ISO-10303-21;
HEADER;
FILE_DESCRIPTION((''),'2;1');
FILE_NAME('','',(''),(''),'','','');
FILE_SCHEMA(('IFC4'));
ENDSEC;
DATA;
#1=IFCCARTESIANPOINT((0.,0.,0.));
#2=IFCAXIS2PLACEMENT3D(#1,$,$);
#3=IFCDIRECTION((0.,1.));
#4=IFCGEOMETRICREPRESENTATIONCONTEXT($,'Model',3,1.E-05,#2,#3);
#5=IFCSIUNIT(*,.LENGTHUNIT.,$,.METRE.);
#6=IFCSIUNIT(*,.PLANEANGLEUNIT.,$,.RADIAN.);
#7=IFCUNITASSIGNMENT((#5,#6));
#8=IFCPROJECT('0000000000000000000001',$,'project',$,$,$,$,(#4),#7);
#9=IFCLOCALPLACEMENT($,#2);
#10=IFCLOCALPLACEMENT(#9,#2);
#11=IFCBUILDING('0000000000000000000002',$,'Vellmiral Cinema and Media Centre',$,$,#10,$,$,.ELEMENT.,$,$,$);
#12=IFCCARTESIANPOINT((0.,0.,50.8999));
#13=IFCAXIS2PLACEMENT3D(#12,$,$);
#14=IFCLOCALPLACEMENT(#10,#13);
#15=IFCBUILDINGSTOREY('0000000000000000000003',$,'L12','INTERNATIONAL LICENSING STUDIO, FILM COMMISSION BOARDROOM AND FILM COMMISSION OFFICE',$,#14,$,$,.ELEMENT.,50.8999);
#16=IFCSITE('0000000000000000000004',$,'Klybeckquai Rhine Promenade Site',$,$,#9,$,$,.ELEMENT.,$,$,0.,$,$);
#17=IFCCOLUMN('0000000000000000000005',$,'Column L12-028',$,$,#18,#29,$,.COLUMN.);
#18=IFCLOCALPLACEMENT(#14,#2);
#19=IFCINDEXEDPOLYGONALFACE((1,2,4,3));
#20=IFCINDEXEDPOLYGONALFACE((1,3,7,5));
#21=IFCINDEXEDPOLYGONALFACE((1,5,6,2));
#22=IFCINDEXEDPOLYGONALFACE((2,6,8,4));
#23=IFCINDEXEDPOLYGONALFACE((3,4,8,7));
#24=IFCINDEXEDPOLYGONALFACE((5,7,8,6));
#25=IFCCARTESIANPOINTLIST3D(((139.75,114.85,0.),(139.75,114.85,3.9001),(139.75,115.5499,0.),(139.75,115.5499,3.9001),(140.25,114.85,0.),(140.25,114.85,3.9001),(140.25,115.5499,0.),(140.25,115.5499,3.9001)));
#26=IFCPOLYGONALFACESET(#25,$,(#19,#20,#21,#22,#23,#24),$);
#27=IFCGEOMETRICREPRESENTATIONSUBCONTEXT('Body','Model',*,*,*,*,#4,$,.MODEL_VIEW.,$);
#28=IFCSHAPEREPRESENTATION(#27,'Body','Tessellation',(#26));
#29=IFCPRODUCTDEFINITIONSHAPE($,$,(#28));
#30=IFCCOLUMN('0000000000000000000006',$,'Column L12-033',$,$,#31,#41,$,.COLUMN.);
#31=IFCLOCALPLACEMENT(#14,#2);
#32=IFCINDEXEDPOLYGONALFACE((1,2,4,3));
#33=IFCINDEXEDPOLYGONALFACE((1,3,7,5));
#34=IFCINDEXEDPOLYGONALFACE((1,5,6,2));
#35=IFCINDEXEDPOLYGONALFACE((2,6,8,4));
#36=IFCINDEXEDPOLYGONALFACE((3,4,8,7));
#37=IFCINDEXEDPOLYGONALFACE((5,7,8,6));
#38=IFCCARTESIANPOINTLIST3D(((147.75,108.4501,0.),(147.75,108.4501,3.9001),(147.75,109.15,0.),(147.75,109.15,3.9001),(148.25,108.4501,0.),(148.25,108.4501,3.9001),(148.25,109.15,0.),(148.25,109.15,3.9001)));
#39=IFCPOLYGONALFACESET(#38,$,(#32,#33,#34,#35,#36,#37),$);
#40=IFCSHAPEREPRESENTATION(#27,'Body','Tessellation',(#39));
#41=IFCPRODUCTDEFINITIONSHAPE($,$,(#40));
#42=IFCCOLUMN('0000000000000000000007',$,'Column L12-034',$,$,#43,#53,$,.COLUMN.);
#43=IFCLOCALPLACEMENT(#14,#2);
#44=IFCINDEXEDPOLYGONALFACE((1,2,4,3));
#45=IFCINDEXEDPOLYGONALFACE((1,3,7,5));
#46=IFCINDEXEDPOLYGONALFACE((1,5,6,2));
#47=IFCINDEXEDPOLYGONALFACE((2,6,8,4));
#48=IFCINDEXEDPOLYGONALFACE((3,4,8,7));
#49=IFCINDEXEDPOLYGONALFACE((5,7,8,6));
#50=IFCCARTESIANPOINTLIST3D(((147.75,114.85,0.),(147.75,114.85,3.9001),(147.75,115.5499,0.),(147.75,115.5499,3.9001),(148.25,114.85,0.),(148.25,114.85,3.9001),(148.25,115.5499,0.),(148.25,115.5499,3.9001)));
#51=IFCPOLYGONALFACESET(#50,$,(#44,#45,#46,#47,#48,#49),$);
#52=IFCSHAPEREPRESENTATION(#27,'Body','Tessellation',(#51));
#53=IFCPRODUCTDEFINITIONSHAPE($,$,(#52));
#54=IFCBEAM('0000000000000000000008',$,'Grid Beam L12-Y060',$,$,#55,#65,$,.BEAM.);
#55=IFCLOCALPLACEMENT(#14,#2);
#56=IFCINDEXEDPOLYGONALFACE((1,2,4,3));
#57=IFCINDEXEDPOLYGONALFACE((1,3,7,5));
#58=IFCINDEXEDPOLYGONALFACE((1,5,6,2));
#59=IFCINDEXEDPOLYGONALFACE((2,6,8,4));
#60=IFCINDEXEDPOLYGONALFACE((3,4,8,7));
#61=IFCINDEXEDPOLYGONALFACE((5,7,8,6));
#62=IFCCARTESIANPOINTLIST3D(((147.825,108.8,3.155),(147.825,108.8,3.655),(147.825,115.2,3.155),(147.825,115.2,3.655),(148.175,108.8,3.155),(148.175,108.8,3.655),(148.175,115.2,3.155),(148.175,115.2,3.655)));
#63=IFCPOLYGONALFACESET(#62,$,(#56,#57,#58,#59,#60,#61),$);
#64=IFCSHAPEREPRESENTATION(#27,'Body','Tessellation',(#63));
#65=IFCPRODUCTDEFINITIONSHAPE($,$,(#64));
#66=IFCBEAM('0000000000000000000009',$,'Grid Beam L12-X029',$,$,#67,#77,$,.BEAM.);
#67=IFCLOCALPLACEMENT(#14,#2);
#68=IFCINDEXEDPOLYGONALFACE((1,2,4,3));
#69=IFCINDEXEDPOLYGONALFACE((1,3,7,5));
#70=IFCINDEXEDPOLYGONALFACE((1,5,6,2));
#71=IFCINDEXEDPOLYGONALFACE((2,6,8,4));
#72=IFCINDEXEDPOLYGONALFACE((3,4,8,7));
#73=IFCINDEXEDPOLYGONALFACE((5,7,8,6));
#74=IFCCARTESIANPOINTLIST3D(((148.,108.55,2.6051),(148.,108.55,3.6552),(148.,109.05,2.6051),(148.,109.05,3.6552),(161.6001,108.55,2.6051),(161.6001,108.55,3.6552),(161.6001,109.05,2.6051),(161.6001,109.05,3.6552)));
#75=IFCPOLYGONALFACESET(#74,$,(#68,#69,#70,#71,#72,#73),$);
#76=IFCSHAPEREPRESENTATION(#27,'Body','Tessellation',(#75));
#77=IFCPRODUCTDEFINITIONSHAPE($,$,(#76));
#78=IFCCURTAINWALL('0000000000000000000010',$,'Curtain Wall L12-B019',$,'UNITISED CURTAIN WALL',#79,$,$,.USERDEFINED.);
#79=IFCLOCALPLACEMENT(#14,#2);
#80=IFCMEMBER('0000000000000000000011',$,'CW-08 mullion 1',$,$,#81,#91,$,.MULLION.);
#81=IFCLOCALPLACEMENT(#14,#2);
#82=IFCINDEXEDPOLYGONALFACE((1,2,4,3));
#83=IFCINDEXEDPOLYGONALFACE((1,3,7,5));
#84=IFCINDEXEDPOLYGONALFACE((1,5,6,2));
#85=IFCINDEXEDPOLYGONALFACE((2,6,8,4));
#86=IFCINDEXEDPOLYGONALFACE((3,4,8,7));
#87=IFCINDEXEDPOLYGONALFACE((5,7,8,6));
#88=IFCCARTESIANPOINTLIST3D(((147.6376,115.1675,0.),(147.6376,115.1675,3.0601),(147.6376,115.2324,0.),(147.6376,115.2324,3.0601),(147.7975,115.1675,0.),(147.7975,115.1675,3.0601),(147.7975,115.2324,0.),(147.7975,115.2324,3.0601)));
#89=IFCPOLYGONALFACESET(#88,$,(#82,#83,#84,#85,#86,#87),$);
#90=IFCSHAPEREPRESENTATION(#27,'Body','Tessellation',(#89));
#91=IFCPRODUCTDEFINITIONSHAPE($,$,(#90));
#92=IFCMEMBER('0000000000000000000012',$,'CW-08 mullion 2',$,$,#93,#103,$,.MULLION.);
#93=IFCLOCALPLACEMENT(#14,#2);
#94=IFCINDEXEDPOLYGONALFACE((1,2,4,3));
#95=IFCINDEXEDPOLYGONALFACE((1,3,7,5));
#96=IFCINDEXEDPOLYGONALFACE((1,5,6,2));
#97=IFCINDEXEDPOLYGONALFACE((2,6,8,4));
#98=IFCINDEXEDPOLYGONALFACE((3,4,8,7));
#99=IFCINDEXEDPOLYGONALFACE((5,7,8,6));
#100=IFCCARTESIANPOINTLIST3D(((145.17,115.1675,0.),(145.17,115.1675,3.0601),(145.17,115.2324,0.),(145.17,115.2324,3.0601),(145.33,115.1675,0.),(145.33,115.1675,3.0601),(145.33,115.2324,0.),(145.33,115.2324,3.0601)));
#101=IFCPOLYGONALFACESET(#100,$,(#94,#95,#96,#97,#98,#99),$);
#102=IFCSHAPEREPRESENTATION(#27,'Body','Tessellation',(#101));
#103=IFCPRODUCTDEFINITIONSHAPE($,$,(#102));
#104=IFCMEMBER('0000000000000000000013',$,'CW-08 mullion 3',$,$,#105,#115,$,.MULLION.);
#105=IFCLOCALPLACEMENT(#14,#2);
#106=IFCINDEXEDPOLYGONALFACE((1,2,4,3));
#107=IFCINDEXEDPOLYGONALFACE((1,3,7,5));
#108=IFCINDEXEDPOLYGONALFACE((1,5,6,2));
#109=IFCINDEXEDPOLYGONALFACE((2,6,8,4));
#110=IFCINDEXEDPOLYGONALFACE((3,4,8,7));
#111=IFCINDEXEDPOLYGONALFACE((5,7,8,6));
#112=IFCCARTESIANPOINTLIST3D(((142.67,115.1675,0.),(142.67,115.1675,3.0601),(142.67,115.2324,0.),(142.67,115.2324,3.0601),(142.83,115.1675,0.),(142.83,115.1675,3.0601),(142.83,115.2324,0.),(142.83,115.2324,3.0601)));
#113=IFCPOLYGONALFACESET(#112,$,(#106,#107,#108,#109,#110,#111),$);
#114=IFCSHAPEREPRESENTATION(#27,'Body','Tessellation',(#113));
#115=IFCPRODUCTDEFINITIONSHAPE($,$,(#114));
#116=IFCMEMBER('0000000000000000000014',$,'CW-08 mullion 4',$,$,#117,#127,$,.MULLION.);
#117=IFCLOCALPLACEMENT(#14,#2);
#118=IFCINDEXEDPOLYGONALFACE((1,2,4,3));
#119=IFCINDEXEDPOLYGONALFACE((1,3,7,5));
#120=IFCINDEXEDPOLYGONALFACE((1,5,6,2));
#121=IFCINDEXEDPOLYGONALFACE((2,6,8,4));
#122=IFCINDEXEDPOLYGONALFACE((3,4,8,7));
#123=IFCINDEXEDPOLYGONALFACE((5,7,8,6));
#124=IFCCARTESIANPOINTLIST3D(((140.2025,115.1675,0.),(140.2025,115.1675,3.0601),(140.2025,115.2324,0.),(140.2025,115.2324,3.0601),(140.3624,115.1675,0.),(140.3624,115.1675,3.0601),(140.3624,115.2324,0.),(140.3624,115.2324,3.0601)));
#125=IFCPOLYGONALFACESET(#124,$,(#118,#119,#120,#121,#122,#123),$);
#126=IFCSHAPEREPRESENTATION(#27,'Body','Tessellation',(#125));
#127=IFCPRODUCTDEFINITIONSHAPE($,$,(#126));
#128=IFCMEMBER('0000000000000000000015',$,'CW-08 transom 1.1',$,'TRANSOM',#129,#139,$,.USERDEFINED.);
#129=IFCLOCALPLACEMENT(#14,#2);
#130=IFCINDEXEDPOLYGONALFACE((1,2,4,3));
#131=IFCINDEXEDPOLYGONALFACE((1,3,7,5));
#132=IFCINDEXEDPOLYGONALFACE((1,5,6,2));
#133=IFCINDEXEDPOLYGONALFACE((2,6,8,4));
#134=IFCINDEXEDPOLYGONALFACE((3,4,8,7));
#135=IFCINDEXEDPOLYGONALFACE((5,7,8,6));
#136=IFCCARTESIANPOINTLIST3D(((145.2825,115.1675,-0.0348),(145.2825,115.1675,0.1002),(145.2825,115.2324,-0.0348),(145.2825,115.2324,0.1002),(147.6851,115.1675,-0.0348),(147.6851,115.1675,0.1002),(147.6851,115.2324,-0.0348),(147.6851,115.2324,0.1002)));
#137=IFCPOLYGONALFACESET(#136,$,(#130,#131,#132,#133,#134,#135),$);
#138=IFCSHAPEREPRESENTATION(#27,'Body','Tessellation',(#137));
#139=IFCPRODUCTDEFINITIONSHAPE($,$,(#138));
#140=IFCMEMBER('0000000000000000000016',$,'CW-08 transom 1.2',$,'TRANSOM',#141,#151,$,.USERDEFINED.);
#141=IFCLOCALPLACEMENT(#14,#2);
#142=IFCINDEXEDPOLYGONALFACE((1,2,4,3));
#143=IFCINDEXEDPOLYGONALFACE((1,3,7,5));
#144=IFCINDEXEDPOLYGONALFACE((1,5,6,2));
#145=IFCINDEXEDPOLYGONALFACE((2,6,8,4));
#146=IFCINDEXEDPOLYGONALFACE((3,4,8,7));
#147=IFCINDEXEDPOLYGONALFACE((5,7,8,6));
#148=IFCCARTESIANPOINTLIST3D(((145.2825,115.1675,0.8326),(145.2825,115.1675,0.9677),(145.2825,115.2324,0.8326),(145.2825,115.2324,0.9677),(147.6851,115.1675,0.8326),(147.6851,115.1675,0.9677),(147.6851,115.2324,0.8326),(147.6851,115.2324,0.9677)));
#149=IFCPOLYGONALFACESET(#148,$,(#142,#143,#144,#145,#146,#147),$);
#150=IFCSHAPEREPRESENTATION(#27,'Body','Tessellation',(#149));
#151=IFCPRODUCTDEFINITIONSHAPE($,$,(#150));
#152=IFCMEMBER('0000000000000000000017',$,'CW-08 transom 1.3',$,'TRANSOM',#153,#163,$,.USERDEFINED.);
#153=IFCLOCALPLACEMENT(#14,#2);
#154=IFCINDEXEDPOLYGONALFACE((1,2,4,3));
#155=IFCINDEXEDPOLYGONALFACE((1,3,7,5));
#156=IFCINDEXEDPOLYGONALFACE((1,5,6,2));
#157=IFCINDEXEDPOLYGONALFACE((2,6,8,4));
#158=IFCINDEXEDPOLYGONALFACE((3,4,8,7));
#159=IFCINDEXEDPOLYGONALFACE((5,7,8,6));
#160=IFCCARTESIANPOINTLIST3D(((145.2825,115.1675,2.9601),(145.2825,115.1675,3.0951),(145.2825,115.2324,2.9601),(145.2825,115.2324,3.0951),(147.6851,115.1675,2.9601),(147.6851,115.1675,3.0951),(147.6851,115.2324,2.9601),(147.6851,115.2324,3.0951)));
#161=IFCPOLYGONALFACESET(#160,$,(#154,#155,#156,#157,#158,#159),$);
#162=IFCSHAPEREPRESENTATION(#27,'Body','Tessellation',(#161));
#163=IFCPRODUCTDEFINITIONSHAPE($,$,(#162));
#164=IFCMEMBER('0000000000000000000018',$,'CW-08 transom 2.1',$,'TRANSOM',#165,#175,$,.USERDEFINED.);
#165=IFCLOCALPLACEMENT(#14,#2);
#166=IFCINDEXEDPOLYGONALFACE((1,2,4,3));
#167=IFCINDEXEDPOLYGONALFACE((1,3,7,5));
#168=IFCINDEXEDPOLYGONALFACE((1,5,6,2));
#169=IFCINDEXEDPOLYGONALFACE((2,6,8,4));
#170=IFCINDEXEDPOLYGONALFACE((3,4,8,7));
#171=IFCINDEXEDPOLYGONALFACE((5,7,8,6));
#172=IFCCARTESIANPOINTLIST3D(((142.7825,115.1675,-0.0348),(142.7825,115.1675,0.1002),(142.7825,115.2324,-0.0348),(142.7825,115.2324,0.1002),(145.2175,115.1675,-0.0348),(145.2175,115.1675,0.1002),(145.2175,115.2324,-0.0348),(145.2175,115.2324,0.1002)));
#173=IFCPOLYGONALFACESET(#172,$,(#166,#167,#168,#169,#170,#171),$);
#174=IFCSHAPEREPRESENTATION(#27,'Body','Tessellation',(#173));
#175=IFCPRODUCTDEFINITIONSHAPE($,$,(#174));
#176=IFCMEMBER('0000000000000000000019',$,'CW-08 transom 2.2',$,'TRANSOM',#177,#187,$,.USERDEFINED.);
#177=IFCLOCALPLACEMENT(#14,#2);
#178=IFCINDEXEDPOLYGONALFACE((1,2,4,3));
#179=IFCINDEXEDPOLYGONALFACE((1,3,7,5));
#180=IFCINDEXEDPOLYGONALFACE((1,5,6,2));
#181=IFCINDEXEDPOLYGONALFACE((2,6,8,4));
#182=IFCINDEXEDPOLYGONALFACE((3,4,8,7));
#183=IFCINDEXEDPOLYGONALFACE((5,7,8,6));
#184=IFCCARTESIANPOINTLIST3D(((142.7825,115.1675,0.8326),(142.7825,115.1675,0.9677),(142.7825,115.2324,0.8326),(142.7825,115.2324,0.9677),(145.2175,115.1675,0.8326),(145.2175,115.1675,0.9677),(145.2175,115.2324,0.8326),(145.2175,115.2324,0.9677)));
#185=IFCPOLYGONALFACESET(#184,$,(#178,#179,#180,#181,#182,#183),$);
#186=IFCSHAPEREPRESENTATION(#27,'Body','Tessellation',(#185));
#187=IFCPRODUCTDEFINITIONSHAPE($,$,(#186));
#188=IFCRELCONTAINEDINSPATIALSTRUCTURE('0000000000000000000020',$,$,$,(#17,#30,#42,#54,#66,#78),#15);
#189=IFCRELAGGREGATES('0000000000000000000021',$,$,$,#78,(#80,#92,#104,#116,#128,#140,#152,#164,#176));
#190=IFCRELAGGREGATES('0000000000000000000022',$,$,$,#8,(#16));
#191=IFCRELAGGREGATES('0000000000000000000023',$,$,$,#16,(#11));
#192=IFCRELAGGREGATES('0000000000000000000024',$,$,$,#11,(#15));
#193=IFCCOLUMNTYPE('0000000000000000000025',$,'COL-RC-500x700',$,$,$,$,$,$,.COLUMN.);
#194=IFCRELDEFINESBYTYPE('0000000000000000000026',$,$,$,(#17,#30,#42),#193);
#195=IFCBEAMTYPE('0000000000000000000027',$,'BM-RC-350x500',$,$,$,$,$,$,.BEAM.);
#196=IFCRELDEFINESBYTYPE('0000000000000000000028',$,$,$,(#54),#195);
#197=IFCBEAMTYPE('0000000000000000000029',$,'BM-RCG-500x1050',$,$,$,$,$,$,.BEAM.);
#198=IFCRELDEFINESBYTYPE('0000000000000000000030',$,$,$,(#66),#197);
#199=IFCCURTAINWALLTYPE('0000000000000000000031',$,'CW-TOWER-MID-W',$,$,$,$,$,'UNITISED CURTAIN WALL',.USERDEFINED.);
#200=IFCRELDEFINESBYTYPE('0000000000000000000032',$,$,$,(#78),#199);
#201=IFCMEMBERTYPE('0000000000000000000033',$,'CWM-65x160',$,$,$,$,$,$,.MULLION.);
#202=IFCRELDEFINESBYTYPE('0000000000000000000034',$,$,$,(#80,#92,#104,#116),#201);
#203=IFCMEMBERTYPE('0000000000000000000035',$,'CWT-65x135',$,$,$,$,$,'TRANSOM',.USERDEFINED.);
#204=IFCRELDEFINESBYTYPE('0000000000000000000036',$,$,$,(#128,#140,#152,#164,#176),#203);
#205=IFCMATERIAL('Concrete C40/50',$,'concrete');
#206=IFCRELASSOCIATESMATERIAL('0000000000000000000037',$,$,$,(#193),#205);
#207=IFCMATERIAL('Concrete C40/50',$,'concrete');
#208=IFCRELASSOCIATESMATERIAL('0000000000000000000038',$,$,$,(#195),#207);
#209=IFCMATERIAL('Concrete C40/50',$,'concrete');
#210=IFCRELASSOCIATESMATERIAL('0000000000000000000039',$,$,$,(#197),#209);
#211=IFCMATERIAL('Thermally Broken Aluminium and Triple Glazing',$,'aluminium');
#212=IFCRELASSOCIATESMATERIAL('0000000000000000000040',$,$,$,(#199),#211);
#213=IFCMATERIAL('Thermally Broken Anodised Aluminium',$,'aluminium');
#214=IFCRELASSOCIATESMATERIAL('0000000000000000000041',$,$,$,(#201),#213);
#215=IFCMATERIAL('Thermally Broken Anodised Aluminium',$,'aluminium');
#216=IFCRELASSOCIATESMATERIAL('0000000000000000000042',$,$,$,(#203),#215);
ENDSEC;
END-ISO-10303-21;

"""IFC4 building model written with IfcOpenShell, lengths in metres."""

from ifc_helpers import new_model, si_unit, direction, frame, origin, origin_2d, place, context, subcontext, project, spatial, rectangle, extrude, material, material_profile, profile_set, type_object, element, aggregate, save


model = new_model("IFC4")

# Units and contexts
model_context = context("Model", 3, precision=1e-05, world=origin(), true_north=direction((0.0, 1.0)))
body_context = subcontext(model_context, "Body", "Model", "MODEL_VIEW")
ifc_project = project(units=[si_unit("LENGTHUNIT", "METRE"), si_unit("PLANEANGLEUNIT", "RADIAN")], contexts=[model_context])

# Site, building, storey
site_placement = place(None, origin())
site = spatial("IfcSite", under=ifc_project, at=site_placement, Name="Klybeckquai Rhine Promenade Site", CompositionType="ELEMENT", RefElevation=0.0)
building_placement = place(site_placement, origin())
building = spatial("IfcBuilding", under=site, at=building_placement, Name="Vellmiral Cinema and Media Centre", CompositionType="ELEMENT")
storey_placement = place(building_placement, frame((0.0, 0.0, 50.8999)))
storey = spatial("IfcBuildingStorey", under=building, at=storey_placement, Name="L12", Description="INTERNATIONAL LICENSING STUDIO, FILM COMMISSION BOARDROOM AND FILM COMMISSION OFFICE", CompositionType="ELEMENT", Elevation=50.8999)

# Columns
ifc_material_1 = material(Name="Concrete C40/50", Category="concrete")
ifc_material_profile_1 = material_profile(ifc_material_1, rectangle(XDim=0.5, YDim=0.7, at=origin_2d()), Name="RC 500x700")
ifc_profile_set_1 = profile_set([ifc_material_profile_1], Name="Concrete C40/50")
column_type = type_object("IfcColumnType", Name="COL-RC-500x700", PredefinedType="COLUMN", material=ifc_profile_set_1)
for number, where, z_axis, x_axis, name in (
    (1, (140.0, 115.2, 0.0), (0.0, 0.0, 1.0), (1.0, 0.0, 0.0), "Column L12-028"),
    (2, (148.0, 108.8, 0.0), (0.0, 0.0, 1.0), (1.0, 0.0, 0.0), "Column L12-033"),
    (3, (148.0, 115.2, 0.0), (0.0, 0.0, 1.0), (1.0, 0.0, 0.0), "Column L12-034"),
):
    element("IfcColumn", number, at=place(storey_placement, frame(where, z_axis=z_axis, x_axis=x_axis)), inside=storey, type_object=column_type, Name=name, PredefinedType="COLUMN", context=body_context, shape_type="SweptSolid", body=[
        extrude(rectangle(XDim=0.5, YDim=0.7, at=origin_2d()), origin(), (0.0, 0.0, 1.0), 3.9001),
    ])

# Beams
ifc_material_2 = material(Name="Concrete C40/50", Category="concrete")
ifc_material_profile_2 = material_profile(ifc_material_2, rectangle(XDim=0.3501, YDim=0.5, at=origin_2d()), Name="RC 350x500")
ifc_profile_set_2 = profile_set([ifc_material_profile_2], Name="Concrete C40/50")
beam_type_1 = type_object("IfcBeamType", Name="BM-RC-350x500", PredefinedType="BEAM", material=ifc_profile_set_2)
beam_1_placement = place(storey_placement, frame((148.0, 108.8, 3.405), z_axis=(0.0, 1.0, 0.0), x_axis=(-1.0, 0.0, 0.0)))
element("IfcBeam", 4, at=beam_1_placement, inside=storey, type_object=beam_type_1, Name="Grid Beam L12-Y060", PredefinedType="BEAM", context=body_context, shape_type="SweptSolid", body=[
    extrude(rectangle(XDim=0.3501, YDim=0.5, at=origin_2d()), origin(), (0.0, 0.0, 1.0), 6.3999),
])
ifc_material_3 = material(Name="Concrete C40/50", Category="concrete")
ifc_material_profile_3 = material_profile(ifc_material_3, rectangle(XDim=0.5, YDim=1.05, at=origin_2d()), Name="RC 500x1050")
ifc_profile_set_3 = profile_set([ifc_material_profile_3], Name="Concrete C40/50")
beam_type_2 = type_object("IfcBeamType", Name="BM-RCG-500x1050", PredefinedType="BEAM", material=ifc_profile_set_3)
beam_2_placement = place(storey_placement, frame((148.0, 108.8, 3.1301), z_axis=(1.0, 0.0, 0.0), x_axis=(0.0, 1.0, 0.0)))
element("IfcBeam", 5, at=beam_2_placement, inside=storey, type_object=beam_type_2, Name="Grid Beam L12-X029", PredefinedType="BEAM", context=body_context, shape_type="SweptSolid", body=[
    extrude(rectangle(XDim=0.5, YDim=1.05, at=origin_2d()), origin(), (0.0, 0.0, 1.0), 13.6001),
])

# Curtain wall, members
ifc_material_4 = material(Name="Thermally Broken Aluminium and Triple Glazing", Category="aluminium")
curtain_wall_type = type_object("IfcCurtainWallType", Name="CW-TOWER-MID-W", ElementType="UNITISED CURTAIN WALL", PredefinedType="USERDEFINED", material=ifc_material_4)
curtain_wall_placement = place(storey_placement, origin())
curtain_wall = element("IfcCurtainWall", 6, at=curtain_wall_placement, inside=storey, type_object=curtain_wall_type, Name="Curtain Wall L12-B019", ObjectType="UNITISED CURTAIN WALL", PredefinedType="USERDEFINED")
ifc_material_5 = material(Name="Thermally Broken Anodised Aluminium", Category="aluminium")
ifc_material_profile_4 = material_profile(ifc_material_5, rectangle(XDim=0.0649, YDim=0.1599, at=origin_2d()), Name="MULL 65x160")
ifc_profile_set_4 = profile_set([ifc_material_profile_4], Name="Thermally Broken Anodised Aluminium")
member_type_1 = type_object("IfcMemberType", Name="CWM-65x160", PredefinedType="MULLION", material=ifc_profile_set_4)
member_1_placement = place(storey_placement, frame((147.7175, 115.2, 0.0), z_axis=(0.0, 0.0, 1.0), x_axis=(0.0, -1.0, 0.0)))
member_1 = element("IfcMember", 7, at=member_1_placement, type_object=member_type_1, Name="CW-08 mullion 1", PredefinedType="MULLION", context=body_context, shape_type="SweptSolid", body=[
    extrude(rectangle(XDim=0.0649, YDim=0.1599, at=origin_2d()), origin(), (0.0, 0.0, 1.0), 3.0601),
])
member_2_placement = place(storey_placement, frame((145.25, 115.2, 0.0), z_axis=(0.0, 0.0, 1.0), x_axis=(0.0, -1.0, 0.0)))
member_2 = element("IfcMember", 8, at=member_2_placement, type_object=member_type_1, Name="CW-08 mullion 2", PredefinedType="MULLION", context=body_context, shape_type="SweptSolid", body=[
    extrude(rectangle(XDim=0.0649, YDim=0.1599, at=origin_2d()), origin(), (0.0, 0.0, 1.0), 3.0601),
])
member_3_placement = place(storey_placement, frame((142.75, 115.2, 0.0), z_axis=(0.0, 0.0, 1.0), x_axis=(0.0, -1.0, 0.0)))
member_3 = element("IfcMember", 9, at=member_3_placement, type_object=member_type_1, Name="CW-08 mullion 3", PredefinedType="MULLION", context=body_context, shape_type="SweptSolid", body=[
    extrude(rectangle(XDim=0.0649, YDim=0.1599, at=origin_2d()), origin(), (0.0, 0.0, 1.0), 3.0601),
])
member_4_placement = place(storey_placement, frame((140.2825, 115.2, 0.0), z_axis=(0.0, 0.0, 1.0), x_axis=(0.0, -1.0, 0.0)))
member_4 = element("IfcMember", 10, at=member_4_placement, type_object=member_type_1, Name="CW-08 mullion 4", PredefinedType="MULLION", context=body_context, shape_type="SweptSolid", body=[
    extrude(rectangle(XDim=0.0649, YDim=0.1599, at=origin_2d()), origin(), (0.0, 0.0, 1.0), 3.0601),
])
ifc_material_6 = material(Name="Thermally Broken Anodised Aluminium", Category="aluminium")
ifc_material_profile_5 = material_profile(ifc_material_6, rectangle(XDim=0.0649, YDim=0.135, at=origin_2d()), Name="MULL 65x135")
ifc_profile_set_5 = profile_set([ifc_material_profile_5], Name="Thermally Broken Anodised Aluminium")
member_type_2 = type_object("IfcMemberType", Name="CWT-65x135", ElementType="TRANSOM", PredefinedType="USERDEFINED", material=ifc_profile_set_5)
member_5_placement = place(storey_placement, frame((147.6851, 115.2, 0.0327), z_axis=(-1.0, 0.0, 0.0), x_axis=(0.0, -1.0, 0.0)))
member_5 = element("IfcMember", 11, at=member_5_placement, type_object=member_type_2, Name="CW-08 transom 1.1", ObjectType="TRANSOM", PredefinedType="USERDEFINED", context=body_context, shape_type="SweptSolid", body=[
    extrude(rectangle(XDim=0.0649, YDim=0.135, at=origin_2d()), origin(), (0.0, 0.0, 1.0), 2.4026),
])
member_6_placement = place(storey_placement, frame((147.6851, 115.2, 0.9001), z_axis=(-1.0, 0.0, 0.0), x_axis=(0.0, -1.0, 0.0)))
member_6 = element("IfcMember", 12, at=member_6_placement, type_object=member_type_2, Name="CW-08 transom 1.2", ObjectType="TRANSOM", PredefinedType="USERDEFINED", context=body_context, shape_type="SweptSolid", body=[
    extrude(rectangle(XDim=0.0649, YDim=0.135, at=origin_2d()), origin(), (0.0, 0.0, 1.0), 2.4026),
])
member_7_placement = place(storey_placement, frame((147.6851, 115.2, 3.0276), z_axis=(-1.0, 0.0, 0.0), x_axis=(0.0, -1.0, 0.0)))
member_7 = element("IfcMember", 13, at=member_7_placement, type_object=member_type_2, Name="CW-08 transom 1.3", ObjectType="TRANSOM", PredefinedType="USERDEFINED", context=body_context, shape_type="SweptSolid", body=[
    extrude(rectangle(XDim=0.0649, YDim=0.135, at=origin_2d()), origin(), (0.0, 0.0, 1.0), 2.4026),
])
member_8_placement = place(storey_placement, frame((145.2175, 115.2, 0.0327), z_axis=(-1.0, 0.0, 0.0), x_axis=(0.0, -1.0, 0.0)))
member_8 = element("IfcMember", 14, at=member_8_placement, type_object=member_type_2, Name="CW-08 transom 2.1", ObjectType="TRANSOM", PredefinedType="USERDEFINED", context=body_context, shape_type="SweptSolid", body=[
    extrude(rectangle(XDim=0.0649, YDim=0.135, at=origin_2d()), origin(), (0.0, 0.0, 1.0), 2.4351),
])
member_9_placement = place(storey_placement, frame((145.2175, 115.2, 0.9001), z_axis=(-1.0, 0.0, 0.0), x_axis=(0.0, -1.0, 0.0)))
member_9 = element("IfcMember", 15, at=member_9_placement, type_object=member_type_2, Name="CW-08 transom 2.2", ObjectType="TRANSOM", PredefinedType="USERDEFINED", context=body_context, shape_type="SweptSolid", body=[
    extrude(rectangle(XDim=0.0649, YDim=0.135, at=origin_2d()), origin(), (0.0, 0.0, 1.0), 2.4351),
])

aggregate(curtain_wall, [member_1, member_2, member_3, member_4, member_5, member_6, member_7, member_8, member_9])

save(model, "model.ifc")
